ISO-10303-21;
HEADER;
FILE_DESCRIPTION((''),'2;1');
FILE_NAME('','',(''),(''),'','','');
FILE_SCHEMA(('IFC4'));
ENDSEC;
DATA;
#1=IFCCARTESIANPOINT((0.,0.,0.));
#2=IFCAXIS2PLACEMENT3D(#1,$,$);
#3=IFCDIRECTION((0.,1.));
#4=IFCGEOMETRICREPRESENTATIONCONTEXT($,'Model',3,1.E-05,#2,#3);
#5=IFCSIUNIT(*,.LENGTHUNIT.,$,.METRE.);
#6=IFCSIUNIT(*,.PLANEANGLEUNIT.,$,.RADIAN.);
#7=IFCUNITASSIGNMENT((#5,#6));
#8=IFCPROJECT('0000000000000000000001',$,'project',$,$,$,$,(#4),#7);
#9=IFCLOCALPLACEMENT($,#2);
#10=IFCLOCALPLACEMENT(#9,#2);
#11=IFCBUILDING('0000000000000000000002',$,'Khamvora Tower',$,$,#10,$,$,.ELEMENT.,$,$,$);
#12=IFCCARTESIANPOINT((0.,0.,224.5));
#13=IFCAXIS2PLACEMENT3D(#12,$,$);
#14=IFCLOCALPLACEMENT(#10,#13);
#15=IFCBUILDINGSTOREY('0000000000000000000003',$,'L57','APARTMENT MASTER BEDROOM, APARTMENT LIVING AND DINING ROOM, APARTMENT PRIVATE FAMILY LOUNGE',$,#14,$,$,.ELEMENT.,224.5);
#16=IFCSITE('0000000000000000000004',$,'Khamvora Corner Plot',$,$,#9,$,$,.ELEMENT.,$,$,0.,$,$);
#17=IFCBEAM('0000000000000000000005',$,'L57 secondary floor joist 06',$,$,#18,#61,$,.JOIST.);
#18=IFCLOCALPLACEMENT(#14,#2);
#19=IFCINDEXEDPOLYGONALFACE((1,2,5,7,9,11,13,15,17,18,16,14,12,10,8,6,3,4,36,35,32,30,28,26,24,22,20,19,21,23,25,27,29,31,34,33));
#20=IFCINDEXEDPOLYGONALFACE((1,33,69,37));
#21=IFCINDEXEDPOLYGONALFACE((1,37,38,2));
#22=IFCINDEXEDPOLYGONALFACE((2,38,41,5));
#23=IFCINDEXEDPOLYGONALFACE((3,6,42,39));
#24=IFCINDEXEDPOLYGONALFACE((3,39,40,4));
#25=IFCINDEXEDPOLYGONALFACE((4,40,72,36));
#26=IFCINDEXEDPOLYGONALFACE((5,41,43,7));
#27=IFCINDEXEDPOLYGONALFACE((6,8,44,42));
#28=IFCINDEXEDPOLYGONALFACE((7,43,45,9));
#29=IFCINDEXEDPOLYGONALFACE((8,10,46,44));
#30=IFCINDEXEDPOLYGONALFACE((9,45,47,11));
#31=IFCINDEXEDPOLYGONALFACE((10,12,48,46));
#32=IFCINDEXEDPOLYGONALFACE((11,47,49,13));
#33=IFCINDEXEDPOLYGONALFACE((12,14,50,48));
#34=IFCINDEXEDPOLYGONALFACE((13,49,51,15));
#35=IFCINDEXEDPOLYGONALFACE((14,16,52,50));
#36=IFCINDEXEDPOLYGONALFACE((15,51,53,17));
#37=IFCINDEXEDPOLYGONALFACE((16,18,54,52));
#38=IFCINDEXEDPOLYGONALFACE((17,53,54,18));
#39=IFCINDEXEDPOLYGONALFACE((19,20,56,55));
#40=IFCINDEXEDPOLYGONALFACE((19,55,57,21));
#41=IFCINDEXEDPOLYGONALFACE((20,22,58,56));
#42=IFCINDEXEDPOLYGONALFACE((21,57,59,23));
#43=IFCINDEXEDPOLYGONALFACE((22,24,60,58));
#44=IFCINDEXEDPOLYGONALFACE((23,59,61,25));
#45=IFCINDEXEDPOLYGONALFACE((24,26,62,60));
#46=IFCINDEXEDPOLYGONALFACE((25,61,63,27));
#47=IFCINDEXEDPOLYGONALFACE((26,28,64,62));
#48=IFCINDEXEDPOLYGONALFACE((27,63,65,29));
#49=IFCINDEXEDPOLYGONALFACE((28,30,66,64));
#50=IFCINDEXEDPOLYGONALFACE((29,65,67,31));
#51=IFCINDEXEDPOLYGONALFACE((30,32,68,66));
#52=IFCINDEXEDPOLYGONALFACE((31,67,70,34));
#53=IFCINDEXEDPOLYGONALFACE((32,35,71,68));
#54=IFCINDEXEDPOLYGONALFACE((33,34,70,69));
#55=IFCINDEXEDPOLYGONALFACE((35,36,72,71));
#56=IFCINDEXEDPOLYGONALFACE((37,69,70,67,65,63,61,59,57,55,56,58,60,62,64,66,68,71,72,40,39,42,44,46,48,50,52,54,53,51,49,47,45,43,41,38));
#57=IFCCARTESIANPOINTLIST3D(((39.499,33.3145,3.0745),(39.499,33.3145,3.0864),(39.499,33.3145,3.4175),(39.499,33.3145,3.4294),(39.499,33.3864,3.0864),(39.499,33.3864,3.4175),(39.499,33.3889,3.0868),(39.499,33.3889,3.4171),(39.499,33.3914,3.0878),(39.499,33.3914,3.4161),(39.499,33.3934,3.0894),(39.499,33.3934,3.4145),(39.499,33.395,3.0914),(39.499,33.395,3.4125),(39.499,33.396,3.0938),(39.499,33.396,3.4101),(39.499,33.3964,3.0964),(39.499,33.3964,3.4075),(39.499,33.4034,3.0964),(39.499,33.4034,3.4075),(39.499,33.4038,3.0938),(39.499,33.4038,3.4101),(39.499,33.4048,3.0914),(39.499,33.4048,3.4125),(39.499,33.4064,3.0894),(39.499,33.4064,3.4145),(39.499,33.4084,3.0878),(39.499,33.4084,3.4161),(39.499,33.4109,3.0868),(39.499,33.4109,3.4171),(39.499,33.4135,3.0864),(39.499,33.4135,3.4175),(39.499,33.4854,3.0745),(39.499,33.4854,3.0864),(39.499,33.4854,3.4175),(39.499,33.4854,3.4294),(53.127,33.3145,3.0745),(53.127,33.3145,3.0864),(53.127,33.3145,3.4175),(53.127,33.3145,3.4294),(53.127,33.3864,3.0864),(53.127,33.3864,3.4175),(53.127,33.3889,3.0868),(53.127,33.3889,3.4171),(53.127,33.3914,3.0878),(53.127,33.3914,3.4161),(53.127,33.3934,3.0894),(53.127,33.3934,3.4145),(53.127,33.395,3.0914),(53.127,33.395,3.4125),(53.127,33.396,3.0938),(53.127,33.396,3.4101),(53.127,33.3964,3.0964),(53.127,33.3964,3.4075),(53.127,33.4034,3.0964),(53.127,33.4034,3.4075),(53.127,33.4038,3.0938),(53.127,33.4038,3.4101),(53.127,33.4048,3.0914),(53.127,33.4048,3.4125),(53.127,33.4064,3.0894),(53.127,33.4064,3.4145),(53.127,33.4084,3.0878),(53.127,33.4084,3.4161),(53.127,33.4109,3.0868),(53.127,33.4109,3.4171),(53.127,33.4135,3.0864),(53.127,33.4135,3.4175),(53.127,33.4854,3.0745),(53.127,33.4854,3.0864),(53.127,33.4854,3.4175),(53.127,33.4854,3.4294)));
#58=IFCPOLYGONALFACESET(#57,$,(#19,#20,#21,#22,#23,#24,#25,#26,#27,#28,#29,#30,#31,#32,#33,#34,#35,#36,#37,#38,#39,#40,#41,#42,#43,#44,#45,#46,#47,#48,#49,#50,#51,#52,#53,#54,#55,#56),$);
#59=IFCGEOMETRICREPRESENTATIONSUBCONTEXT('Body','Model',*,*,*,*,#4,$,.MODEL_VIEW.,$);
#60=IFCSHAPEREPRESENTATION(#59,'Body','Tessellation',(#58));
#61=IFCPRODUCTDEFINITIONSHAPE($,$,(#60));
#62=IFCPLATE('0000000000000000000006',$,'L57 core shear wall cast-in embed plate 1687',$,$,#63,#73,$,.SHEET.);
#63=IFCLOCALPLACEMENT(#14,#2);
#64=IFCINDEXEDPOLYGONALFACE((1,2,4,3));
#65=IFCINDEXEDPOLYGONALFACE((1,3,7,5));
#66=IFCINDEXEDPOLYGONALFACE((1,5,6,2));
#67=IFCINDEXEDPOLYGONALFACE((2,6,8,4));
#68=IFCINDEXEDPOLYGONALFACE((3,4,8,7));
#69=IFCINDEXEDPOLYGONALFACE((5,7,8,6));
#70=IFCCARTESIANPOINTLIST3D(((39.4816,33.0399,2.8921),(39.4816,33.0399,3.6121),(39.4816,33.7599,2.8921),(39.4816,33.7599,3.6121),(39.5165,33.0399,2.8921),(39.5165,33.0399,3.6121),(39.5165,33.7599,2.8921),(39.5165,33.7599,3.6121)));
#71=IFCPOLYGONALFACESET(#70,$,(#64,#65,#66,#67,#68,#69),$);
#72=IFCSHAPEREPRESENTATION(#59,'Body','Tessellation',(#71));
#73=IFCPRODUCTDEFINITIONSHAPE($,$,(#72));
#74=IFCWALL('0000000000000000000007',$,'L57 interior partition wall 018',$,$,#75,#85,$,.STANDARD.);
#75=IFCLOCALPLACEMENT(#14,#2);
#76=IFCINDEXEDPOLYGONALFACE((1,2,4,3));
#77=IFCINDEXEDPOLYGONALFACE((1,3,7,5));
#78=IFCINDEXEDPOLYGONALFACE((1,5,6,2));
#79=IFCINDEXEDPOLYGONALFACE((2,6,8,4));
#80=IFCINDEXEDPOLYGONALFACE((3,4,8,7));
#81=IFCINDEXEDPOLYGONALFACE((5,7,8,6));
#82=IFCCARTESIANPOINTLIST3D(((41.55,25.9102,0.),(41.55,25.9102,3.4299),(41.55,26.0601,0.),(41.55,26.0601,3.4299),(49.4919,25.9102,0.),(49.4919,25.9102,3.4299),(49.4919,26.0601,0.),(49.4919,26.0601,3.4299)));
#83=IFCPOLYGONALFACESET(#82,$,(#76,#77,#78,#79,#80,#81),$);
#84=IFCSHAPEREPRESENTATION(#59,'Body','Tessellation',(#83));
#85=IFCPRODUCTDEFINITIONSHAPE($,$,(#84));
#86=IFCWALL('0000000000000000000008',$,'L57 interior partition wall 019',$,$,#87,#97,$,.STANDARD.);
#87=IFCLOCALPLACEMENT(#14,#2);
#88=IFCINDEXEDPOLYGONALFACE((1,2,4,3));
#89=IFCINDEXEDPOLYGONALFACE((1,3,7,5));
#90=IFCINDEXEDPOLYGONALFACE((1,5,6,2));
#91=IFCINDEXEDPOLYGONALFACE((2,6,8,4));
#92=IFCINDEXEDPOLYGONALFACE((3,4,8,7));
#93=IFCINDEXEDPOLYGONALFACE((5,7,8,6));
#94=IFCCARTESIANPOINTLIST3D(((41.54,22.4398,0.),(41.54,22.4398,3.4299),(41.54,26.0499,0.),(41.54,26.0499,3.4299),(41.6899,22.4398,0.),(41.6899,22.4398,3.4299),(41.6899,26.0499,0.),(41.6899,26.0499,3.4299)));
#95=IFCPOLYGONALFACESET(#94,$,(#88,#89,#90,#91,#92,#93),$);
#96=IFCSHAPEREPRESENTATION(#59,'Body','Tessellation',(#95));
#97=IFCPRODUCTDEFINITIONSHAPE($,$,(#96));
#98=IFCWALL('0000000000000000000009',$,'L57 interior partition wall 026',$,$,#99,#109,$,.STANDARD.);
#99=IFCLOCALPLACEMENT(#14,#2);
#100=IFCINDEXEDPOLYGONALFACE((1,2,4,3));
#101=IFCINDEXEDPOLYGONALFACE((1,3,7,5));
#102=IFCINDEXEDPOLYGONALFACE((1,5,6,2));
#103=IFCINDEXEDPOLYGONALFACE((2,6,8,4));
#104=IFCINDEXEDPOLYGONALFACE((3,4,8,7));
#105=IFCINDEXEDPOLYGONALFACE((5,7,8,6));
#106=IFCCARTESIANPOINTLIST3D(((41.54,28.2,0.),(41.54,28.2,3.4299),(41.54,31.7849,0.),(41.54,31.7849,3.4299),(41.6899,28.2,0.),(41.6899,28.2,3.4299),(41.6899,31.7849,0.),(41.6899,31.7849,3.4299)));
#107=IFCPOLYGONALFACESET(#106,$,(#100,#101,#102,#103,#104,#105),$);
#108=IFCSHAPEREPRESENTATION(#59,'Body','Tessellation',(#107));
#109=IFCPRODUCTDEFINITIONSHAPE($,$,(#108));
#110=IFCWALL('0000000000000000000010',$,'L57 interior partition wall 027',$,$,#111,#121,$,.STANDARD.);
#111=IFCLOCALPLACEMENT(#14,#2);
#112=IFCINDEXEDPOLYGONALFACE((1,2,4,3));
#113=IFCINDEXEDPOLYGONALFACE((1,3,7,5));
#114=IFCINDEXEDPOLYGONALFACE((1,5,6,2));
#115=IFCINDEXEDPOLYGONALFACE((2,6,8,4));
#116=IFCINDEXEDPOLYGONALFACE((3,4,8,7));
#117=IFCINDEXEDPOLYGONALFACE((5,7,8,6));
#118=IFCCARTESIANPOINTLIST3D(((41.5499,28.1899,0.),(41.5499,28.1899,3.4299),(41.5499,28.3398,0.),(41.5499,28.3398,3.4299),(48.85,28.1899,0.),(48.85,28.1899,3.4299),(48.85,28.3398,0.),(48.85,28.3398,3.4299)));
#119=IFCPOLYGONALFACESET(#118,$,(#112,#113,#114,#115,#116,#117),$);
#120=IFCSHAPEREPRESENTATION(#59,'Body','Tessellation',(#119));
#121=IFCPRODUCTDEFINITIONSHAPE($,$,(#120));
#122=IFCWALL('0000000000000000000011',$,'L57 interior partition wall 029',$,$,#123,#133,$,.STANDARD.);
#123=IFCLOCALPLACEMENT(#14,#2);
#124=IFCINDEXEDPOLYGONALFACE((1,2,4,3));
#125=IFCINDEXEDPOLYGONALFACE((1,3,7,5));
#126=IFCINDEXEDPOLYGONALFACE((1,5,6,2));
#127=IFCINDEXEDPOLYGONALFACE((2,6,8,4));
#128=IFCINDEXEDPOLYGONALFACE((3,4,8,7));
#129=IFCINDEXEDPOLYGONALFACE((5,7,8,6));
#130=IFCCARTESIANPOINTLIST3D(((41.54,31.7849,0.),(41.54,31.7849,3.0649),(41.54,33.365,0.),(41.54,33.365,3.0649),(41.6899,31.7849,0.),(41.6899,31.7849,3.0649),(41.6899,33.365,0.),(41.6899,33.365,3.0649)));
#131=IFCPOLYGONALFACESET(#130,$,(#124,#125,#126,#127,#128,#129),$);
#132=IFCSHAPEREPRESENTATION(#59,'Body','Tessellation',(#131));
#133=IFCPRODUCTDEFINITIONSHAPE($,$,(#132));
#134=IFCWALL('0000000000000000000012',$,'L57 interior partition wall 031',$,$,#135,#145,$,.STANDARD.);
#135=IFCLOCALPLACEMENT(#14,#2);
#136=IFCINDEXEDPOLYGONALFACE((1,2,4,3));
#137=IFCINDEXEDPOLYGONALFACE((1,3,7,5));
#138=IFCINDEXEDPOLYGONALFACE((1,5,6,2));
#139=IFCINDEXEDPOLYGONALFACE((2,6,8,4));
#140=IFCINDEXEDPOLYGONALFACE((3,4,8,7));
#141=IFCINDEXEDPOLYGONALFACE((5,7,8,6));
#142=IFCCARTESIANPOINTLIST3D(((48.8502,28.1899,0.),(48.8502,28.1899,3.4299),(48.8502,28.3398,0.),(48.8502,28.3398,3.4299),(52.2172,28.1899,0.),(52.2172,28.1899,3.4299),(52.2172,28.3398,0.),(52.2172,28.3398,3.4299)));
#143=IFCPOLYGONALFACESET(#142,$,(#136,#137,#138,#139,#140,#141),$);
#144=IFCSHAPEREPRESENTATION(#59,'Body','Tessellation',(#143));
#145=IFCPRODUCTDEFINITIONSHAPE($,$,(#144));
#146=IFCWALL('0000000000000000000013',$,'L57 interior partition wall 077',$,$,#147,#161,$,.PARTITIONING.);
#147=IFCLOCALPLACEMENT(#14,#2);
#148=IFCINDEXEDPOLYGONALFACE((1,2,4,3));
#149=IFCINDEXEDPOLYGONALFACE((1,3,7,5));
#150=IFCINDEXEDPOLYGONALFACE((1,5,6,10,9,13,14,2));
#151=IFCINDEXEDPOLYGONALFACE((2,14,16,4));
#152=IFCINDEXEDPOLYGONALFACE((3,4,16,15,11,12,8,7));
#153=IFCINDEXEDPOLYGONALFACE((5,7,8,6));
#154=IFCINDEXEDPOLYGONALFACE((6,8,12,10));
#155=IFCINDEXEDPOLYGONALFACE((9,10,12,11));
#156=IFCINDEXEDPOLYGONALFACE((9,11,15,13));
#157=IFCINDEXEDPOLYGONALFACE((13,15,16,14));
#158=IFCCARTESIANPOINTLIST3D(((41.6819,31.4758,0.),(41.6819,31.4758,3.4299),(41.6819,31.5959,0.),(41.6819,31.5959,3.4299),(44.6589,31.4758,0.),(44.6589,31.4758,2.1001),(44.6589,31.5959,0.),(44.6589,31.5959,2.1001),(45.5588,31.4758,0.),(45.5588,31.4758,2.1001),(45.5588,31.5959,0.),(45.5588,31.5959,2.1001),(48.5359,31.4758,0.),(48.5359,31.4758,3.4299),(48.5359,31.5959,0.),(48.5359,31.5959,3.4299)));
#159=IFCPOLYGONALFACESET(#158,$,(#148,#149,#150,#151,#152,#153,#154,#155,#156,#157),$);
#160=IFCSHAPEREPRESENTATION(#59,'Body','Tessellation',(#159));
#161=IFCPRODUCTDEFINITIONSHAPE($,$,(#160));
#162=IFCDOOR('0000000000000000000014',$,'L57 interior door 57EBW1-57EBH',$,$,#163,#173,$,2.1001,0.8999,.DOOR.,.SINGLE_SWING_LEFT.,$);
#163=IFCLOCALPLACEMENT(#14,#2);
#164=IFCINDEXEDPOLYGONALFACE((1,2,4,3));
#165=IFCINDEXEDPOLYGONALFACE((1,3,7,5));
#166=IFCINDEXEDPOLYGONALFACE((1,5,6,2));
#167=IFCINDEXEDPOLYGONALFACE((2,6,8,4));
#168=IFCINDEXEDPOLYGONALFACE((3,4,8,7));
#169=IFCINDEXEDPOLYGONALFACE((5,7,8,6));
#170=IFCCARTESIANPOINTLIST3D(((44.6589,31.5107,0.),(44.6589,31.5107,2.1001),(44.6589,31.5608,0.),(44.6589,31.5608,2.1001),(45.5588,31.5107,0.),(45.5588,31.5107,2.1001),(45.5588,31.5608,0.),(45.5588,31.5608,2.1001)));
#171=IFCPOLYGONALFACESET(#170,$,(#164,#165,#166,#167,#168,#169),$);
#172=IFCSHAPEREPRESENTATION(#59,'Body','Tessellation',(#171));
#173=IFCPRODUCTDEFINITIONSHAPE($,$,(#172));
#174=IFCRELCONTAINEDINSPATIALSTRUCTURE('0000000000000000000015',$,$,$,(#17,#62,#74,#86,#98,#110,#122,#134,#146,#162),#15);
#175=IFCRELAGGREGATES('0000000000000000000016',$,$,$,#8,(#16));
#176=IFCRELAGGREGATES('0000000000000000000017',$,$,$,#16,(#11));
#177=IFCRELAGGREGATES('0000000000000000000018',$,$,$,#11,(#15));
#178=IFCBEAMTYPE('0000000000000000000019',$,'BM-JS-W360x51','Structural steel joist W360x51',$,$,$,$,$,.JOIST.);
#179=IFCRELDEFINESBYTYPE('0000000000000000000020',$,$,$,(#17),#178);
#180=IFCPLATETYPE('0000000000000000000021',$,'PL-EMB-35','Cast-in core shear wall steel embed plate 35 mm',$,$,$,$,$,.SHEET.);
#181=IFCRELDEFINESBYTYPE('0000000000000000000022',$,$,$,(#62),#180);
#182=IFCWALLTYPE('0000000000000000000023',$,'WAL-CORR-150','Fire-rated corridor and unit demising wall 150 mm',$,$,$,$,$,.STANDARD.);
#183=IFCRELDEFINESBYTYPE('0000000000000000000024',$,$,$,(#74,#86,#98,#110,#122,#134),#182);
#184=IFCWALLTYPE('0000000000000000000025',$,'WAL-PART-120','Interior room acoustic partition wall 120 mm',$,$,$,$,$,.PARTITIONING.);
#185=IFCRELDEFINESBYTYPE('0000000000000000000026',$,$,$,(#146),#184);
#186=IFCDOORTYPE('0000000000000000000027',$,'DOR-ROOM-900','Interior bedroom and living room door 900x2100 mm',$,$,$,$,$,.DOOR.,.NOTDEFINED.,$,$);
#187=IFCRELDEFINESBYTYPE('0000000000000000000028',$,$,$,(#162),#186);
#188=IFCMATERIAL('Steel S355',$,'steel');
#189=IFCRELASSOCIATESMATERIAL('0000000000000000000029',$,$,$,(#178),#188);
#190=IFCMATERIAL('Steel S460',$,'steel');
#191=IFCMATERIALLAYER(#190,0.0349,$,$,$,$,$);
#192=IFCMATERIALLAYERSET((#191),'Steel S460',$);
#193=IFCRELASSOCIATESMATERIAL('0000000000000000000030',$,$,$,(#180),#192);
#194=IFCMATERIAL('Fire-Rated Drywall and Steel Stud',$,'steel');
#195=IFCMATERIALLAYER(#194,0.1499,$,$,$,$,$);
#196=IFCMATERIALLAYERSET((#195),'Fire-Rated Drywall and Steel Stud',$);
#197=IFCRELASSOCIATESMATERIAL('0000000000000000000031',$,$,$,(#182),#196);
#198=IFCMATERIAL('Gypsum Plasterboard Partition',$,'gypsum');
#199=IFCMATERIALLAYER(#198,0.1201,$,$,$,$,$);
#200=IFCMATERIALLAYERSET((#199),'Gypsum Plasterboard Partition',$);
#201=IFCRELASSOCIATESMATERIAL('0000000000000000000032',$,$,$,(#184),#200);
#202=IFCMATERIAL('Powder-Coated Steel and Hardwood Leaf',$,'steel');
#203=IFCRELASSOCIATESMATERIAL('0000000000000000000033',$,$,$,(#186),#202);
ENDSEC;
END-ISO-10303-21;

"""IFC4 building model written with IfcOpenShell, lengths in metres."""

from ifc_helpers import new_model, si_unit, direction, frame, frame_2d, origin, origin_2d, place, context, subcontext, project, spatial, rectangle, i_section, extrude, material, layer, layer_set, material_profile, profile_set, type_object, element, fill, save


model = new_model("IFC4")

# Units and contexts
model_context = context("Model", 3, precision=1e-05, world=origin(), true_north=direction((0.0, 1.0)))
body_context = subcontext(model_context, "Body", "Model", "MODEL_VIEW")
ifc_project = project(units=[si_unit("LENGTHUNIT", "METRE"), si_unit("PLANEANGLEUNIT", "RADIAN")], contexts=[model_context])

# Site, building, storey
site_placement = place(None, origin())
site = spatial("IfcSite", under=ifc_project, at=site_placement, Name="Khamvora Corner Plot", CompositionType="ELEMENT", RefElevation=0.0)
building_placement = place(site_placement, origin())
building = spatial("IfcBuilding", under=site, at=building_placement, Name="Khamvora Tower", CompositionType="ELEMENT")
storey_placement = place(building_placement, frame((0.0, 0.0, 224.5)))
storey = spatial("IfcBuildingStorey", under=building, at=storey_placement, Name="L57", Description="APARTMENT MASTER BEDROOM, APARTMENT LIVING AND DINING ROOM, APARTMENT PRIVATE FAMILY LOUNGE", CompositionType="ELEMENT", Elevation=224.5)

# Beam
ifc_material_1 = material(Name="Steel S355", Category="steel")
ifc_material_profile = material_profile(ifc_material_1, i_section(OverallWidth=0.1709, OverallDepth=0.355, WebThickness=0.0071, FlangeThickness=0.012, FilletRadius=0.01, at=origin_2d()), Name="W360x51")
ifc_profile_set = profile_set([ifc_material_profile], Name="Steel S355")
beam_type = type_object("IfcBeamType", Name="BM-JS-W360x51", Description="Structural steel joist W360x51", PredefinedType="JOIST", material=ifc_profile_set)
beam_placement = place(storey_placement, frame((39.499, 33.3999, 3.252), z_axis=(1.0, 0.0, 0.0), x_axis=(0.0, 1.0, 0.0)))
element("IfcBeam", 1, at=beam_placement, inside=storey, type_object=beam_type, Name="L57 secondary floor joist 06", PredefinedType="JOIST", context=body_context, shape_type="SweptSolid", body=[
    extrude(i_section(OverallWidth=0.1709, OverallDepth=0.355, WebThickness=0.0071, FlangeThickness=0.012, FilletRadius=0.01, at=origin_2d()), origin(), (0.0, 0.0, 1.0), 13.6279),
])

# Plate
ifc_material_2 = material(Name="Steel S460", Category="steel")
ifc_layer_1 = layer(ifc_material_2, 0.0349)
ifc_layer_set_1 = layer_set([ifc_layer_1], Name="Steel S460")
plate_type = type_object("IfcPlateType", Name="PL-EMB-35", Description="Cast-in core shear wall steel embed plate 35 mm", PredefinedType="SHEET", material=ifc_layer_set_1)
plate_placement = place(storey_placement, frame((39.499, 33.3999, 2.8921), z_axis=(0.0, 0.0, 1.0), x_axis=(1.0, 0.0, 0.0)))
element("IfcPlate", 2, at=plate_placement, inside=storey, type_object=plate_type, Name="L57 core shear wall cast-in embed plate 1687", PredefinedType="SHEET", context=body_context, shape_type="SweptSolid", body=[
    extrude(rectangle(XDim=0.0349, YDim=0.72, at=origin_2d()), origin(), (0.0, 0.0, 1.0), 0.72),
])

# Shared definitions
ifc_material_3 = material(Name="Powder-Coated Steel and Hardwood Leaf", Category="steel")

# Walls
ifc_material_4 = material(Name="Fire-Rated Drywall and Steel Stud", Category="steel")
ifc_layer_2 = layer(ifc_material_4, 0.1499)
ifc_layer_set_2 = layer_set([ifc_layer_2], Name="Fire-Rated Drywall and Steel Stud")
wall_type_1 = type_object("IfcWallType", Name="WAL-CORR-150", Description="Fire-rated corridor and unit demising wall 150 mm", PredefinedType="STANDARD", material=ifc_layer_set_2)
wall_1_placement = place(storey_placement, frame((49.4919, 25.9851, 0.0), z_axis=(0.0, 0.0, 1.0), x_axis=(-1.0, 0.0, 0.0)))
element("IfcWall", 3, at=wall_1_placement, inside=storey, type_object=wall_type_1, Name="L57 interior partition wall 018", PredefinedType="STANDARD", context=body_context, shape_type="SweptSolid", body=[
    extrude(rectangle(XDim=7.9419, YDim=0.1499, at=frame_2d((3.9709, 0.0))), origin(), (0.0, 0.0, 1.0), 3.4299),
])
wall_2_placement = place(storey_placement, frame((41.615, 26.05, 0.0), z_axis=(0.0, 0.0, 1.0), x_axis=(0.0, -1.0, 0.0)))
element("IfcWall", 4, at=wall_2_placement, inside=storey, type_object=wall_type_1, Name="L57 interior partition wall 019", PredefinedType="STANDARD", context=body_context, shape_type="SweptSolid", body=[
    extrude(rectangle(XDim=3.6101, YDim=0.1499, at=frame_2d((1.8052, 0.0))), origin(), (0.0, 0.0, 1.0), 3.4299),
])
wall_3_placement = place(storey_placement, frame((41.615, 31.7849, 0.0), z_axis=(0.0, 0.0, 1.0), x_axis=(0.0, -1.0, 0.0)))
element("IfcWall", 5, at=wall_3_placement, inside=storey, type_object=wall_type_1, Name="L57 interior partition wall 026", PredefinedType="STANDARD", context=body_context, shape_type="SweptSolid", body=[
    extrude(rectangle(XDim=3.585, YDim=0.1499, at=frame_2d((1.7925, 0.0))), origin(), (0.0, 0.0, 1.0), 3.4299),
])
wall_4_placement = place(storey_placement, frame((41.55, 28.2649, 0.0), z_axis=(0.0, 0.0, 1.0), x_axis=(1.0, 0.0, 0.0)))
element("IfcWall", 6, at=wall_4_placement, inside=storey, type_object=wall_type_1, Name="L57 interior partition wall 027", PredefinedType="STANDARD", context=body_context, shape_type="SweptSolid", body=[
    extrude(rectangle(XDim=7.3, YDim=0.1499, at=frame_2d((3.6499, 0.0))), origin(), (0.0, 0.0, 1.0), 3.4299),
])
wall_5_placement = place(storey_placement, frame((41.615, 33.365, 0.0), z_axis=(0.0, 0.0, 1.0), x_axis=(0.0, -1.0, 0.0)))
element("IfcWall", 7, at=wall_5_placement, inside=storey, type_object=wall_type_1, Name="L57 interior partition wall 029", PredefinedType="STANDARD", context=body_context, shape_type="SweptSolid", body=[
    extrude(rectangle(XDim=1.5801, YDim=0.1499, at=frame_2d((0.79, 0.0))), origin(), (0.0, 0.0, 1.0), 3.0649),
])
wall_6_placement = place(storey_placement, frame((48.8501, 28.2649, 0.0), z_axis=(0.0, 0.0, 1.0), x_axis=(1.0, 0.0, 0.0)))
element("IfcWall", 8, at=wall_6_placement, inside=storey, type_object=wall_type_1, Name="L57 interior partition wall 031", PredefinedType="STANDARD", context=body_context, shape_type="SweptSolid", body=[
    extrude(rectangle(XDim=3.3669, YDim=0.1499, at=frame_2d((1.6836, 0.0))), origin(), (0.0, 0.0, 1.0), 3.4299),
])

# Wall, opening, door
ifc_material_5 = material(Name="Gypsum Plasterboard Partition", Category="gypsum")
ifc_layer_3 = layer(ifc_material_5, 0.1201)
ifc_layer_set_3 = layer_set([ifc_layer_3], Name="Gypsum Plasterboard Partition")
wall_type_2 = type_object("IfcWallType", Name="WAL-PART-120", Description="Interior room acoustic partition wall 120 mm", PredefinedType="PARTITIONING", material=ifc_layer_set_3)
wall_7_placement = place(storey_placement, frame((41.6819, 31.5359, 0.0), z_axis=(0.0, 0.0, 1.0), x_axis=(1.0, 0.0, 0.0)))
wall_7 = element("IfcWall", 9, at=wall_7_placement, inside=storey, type_object=wall_type_2, Name="L57 interior partition wall 077", PredefinedType="PARTITIONING", context=body_context, shape_type="SweptSolid", body=[
    extrude(rectangle(XDim=6.854, YDim=0.1201, at=frame_2d((3.427, 0.0))), origin(), (0.0, 0.0, 1.0), 3.4299),
])
opening_1_placement = place(wall_7_placement, frame((2.9771, 0.0, 0.0)))
opening_1 = element("IfcOpeningElement", 10, at=opening_1_placement, cuts=wall_7, PredefinedType="OPENING", context=body_context, shape_type="SweptSolid", body=[
    extrude(rectangle(XDim=0.8999, YDim=2.1001, at=frame_2d((0.45, 1.05))), frame((0.0, 0.0701, 0.0), z_axis=(0.0, -1.0, 0.0), x_axis=(1.0, 0.0, 0.0)), (0.0, 0.0, 1.0), 0.1401),
])
door_type_1 = type_object("IfcDoorType", Name="DOR-ROOM-900", Description="Interior bedroom and living room door 900x2100 mm", OperationType="NOTDEFINED", PredefinedType="DOOR", material=ifc_material_3)
door_1_placement = place(opening_1_placement, origin())
door_1 = element("IfcDoor", 11, at=door_1_placement, inside=storey, type_object=door_type_1, Name="L57 interior door 57EBW1-57EBH", OperationType="SINGLE_SWING_LEFT", OverallHeight=2.1001, OverallWidth=0.8999, PredefinedType="DOOR", context=body_context, shape_type="SweptSolid", body=[
    extrude(rectangle(XDim=0.8999, YDim=2.1001, at=frame_2d((0.45, 1.05))), frame((0.0, 0.0249, 0.0), z_axis=(0.0, -1.0, 0.0), x_axis=(1.0, 0.0, 0.0)), (0.0, 0.0, 1.0), 0.05),
])
fill(opening_1, door_1)

save(model, "model.ifc")
